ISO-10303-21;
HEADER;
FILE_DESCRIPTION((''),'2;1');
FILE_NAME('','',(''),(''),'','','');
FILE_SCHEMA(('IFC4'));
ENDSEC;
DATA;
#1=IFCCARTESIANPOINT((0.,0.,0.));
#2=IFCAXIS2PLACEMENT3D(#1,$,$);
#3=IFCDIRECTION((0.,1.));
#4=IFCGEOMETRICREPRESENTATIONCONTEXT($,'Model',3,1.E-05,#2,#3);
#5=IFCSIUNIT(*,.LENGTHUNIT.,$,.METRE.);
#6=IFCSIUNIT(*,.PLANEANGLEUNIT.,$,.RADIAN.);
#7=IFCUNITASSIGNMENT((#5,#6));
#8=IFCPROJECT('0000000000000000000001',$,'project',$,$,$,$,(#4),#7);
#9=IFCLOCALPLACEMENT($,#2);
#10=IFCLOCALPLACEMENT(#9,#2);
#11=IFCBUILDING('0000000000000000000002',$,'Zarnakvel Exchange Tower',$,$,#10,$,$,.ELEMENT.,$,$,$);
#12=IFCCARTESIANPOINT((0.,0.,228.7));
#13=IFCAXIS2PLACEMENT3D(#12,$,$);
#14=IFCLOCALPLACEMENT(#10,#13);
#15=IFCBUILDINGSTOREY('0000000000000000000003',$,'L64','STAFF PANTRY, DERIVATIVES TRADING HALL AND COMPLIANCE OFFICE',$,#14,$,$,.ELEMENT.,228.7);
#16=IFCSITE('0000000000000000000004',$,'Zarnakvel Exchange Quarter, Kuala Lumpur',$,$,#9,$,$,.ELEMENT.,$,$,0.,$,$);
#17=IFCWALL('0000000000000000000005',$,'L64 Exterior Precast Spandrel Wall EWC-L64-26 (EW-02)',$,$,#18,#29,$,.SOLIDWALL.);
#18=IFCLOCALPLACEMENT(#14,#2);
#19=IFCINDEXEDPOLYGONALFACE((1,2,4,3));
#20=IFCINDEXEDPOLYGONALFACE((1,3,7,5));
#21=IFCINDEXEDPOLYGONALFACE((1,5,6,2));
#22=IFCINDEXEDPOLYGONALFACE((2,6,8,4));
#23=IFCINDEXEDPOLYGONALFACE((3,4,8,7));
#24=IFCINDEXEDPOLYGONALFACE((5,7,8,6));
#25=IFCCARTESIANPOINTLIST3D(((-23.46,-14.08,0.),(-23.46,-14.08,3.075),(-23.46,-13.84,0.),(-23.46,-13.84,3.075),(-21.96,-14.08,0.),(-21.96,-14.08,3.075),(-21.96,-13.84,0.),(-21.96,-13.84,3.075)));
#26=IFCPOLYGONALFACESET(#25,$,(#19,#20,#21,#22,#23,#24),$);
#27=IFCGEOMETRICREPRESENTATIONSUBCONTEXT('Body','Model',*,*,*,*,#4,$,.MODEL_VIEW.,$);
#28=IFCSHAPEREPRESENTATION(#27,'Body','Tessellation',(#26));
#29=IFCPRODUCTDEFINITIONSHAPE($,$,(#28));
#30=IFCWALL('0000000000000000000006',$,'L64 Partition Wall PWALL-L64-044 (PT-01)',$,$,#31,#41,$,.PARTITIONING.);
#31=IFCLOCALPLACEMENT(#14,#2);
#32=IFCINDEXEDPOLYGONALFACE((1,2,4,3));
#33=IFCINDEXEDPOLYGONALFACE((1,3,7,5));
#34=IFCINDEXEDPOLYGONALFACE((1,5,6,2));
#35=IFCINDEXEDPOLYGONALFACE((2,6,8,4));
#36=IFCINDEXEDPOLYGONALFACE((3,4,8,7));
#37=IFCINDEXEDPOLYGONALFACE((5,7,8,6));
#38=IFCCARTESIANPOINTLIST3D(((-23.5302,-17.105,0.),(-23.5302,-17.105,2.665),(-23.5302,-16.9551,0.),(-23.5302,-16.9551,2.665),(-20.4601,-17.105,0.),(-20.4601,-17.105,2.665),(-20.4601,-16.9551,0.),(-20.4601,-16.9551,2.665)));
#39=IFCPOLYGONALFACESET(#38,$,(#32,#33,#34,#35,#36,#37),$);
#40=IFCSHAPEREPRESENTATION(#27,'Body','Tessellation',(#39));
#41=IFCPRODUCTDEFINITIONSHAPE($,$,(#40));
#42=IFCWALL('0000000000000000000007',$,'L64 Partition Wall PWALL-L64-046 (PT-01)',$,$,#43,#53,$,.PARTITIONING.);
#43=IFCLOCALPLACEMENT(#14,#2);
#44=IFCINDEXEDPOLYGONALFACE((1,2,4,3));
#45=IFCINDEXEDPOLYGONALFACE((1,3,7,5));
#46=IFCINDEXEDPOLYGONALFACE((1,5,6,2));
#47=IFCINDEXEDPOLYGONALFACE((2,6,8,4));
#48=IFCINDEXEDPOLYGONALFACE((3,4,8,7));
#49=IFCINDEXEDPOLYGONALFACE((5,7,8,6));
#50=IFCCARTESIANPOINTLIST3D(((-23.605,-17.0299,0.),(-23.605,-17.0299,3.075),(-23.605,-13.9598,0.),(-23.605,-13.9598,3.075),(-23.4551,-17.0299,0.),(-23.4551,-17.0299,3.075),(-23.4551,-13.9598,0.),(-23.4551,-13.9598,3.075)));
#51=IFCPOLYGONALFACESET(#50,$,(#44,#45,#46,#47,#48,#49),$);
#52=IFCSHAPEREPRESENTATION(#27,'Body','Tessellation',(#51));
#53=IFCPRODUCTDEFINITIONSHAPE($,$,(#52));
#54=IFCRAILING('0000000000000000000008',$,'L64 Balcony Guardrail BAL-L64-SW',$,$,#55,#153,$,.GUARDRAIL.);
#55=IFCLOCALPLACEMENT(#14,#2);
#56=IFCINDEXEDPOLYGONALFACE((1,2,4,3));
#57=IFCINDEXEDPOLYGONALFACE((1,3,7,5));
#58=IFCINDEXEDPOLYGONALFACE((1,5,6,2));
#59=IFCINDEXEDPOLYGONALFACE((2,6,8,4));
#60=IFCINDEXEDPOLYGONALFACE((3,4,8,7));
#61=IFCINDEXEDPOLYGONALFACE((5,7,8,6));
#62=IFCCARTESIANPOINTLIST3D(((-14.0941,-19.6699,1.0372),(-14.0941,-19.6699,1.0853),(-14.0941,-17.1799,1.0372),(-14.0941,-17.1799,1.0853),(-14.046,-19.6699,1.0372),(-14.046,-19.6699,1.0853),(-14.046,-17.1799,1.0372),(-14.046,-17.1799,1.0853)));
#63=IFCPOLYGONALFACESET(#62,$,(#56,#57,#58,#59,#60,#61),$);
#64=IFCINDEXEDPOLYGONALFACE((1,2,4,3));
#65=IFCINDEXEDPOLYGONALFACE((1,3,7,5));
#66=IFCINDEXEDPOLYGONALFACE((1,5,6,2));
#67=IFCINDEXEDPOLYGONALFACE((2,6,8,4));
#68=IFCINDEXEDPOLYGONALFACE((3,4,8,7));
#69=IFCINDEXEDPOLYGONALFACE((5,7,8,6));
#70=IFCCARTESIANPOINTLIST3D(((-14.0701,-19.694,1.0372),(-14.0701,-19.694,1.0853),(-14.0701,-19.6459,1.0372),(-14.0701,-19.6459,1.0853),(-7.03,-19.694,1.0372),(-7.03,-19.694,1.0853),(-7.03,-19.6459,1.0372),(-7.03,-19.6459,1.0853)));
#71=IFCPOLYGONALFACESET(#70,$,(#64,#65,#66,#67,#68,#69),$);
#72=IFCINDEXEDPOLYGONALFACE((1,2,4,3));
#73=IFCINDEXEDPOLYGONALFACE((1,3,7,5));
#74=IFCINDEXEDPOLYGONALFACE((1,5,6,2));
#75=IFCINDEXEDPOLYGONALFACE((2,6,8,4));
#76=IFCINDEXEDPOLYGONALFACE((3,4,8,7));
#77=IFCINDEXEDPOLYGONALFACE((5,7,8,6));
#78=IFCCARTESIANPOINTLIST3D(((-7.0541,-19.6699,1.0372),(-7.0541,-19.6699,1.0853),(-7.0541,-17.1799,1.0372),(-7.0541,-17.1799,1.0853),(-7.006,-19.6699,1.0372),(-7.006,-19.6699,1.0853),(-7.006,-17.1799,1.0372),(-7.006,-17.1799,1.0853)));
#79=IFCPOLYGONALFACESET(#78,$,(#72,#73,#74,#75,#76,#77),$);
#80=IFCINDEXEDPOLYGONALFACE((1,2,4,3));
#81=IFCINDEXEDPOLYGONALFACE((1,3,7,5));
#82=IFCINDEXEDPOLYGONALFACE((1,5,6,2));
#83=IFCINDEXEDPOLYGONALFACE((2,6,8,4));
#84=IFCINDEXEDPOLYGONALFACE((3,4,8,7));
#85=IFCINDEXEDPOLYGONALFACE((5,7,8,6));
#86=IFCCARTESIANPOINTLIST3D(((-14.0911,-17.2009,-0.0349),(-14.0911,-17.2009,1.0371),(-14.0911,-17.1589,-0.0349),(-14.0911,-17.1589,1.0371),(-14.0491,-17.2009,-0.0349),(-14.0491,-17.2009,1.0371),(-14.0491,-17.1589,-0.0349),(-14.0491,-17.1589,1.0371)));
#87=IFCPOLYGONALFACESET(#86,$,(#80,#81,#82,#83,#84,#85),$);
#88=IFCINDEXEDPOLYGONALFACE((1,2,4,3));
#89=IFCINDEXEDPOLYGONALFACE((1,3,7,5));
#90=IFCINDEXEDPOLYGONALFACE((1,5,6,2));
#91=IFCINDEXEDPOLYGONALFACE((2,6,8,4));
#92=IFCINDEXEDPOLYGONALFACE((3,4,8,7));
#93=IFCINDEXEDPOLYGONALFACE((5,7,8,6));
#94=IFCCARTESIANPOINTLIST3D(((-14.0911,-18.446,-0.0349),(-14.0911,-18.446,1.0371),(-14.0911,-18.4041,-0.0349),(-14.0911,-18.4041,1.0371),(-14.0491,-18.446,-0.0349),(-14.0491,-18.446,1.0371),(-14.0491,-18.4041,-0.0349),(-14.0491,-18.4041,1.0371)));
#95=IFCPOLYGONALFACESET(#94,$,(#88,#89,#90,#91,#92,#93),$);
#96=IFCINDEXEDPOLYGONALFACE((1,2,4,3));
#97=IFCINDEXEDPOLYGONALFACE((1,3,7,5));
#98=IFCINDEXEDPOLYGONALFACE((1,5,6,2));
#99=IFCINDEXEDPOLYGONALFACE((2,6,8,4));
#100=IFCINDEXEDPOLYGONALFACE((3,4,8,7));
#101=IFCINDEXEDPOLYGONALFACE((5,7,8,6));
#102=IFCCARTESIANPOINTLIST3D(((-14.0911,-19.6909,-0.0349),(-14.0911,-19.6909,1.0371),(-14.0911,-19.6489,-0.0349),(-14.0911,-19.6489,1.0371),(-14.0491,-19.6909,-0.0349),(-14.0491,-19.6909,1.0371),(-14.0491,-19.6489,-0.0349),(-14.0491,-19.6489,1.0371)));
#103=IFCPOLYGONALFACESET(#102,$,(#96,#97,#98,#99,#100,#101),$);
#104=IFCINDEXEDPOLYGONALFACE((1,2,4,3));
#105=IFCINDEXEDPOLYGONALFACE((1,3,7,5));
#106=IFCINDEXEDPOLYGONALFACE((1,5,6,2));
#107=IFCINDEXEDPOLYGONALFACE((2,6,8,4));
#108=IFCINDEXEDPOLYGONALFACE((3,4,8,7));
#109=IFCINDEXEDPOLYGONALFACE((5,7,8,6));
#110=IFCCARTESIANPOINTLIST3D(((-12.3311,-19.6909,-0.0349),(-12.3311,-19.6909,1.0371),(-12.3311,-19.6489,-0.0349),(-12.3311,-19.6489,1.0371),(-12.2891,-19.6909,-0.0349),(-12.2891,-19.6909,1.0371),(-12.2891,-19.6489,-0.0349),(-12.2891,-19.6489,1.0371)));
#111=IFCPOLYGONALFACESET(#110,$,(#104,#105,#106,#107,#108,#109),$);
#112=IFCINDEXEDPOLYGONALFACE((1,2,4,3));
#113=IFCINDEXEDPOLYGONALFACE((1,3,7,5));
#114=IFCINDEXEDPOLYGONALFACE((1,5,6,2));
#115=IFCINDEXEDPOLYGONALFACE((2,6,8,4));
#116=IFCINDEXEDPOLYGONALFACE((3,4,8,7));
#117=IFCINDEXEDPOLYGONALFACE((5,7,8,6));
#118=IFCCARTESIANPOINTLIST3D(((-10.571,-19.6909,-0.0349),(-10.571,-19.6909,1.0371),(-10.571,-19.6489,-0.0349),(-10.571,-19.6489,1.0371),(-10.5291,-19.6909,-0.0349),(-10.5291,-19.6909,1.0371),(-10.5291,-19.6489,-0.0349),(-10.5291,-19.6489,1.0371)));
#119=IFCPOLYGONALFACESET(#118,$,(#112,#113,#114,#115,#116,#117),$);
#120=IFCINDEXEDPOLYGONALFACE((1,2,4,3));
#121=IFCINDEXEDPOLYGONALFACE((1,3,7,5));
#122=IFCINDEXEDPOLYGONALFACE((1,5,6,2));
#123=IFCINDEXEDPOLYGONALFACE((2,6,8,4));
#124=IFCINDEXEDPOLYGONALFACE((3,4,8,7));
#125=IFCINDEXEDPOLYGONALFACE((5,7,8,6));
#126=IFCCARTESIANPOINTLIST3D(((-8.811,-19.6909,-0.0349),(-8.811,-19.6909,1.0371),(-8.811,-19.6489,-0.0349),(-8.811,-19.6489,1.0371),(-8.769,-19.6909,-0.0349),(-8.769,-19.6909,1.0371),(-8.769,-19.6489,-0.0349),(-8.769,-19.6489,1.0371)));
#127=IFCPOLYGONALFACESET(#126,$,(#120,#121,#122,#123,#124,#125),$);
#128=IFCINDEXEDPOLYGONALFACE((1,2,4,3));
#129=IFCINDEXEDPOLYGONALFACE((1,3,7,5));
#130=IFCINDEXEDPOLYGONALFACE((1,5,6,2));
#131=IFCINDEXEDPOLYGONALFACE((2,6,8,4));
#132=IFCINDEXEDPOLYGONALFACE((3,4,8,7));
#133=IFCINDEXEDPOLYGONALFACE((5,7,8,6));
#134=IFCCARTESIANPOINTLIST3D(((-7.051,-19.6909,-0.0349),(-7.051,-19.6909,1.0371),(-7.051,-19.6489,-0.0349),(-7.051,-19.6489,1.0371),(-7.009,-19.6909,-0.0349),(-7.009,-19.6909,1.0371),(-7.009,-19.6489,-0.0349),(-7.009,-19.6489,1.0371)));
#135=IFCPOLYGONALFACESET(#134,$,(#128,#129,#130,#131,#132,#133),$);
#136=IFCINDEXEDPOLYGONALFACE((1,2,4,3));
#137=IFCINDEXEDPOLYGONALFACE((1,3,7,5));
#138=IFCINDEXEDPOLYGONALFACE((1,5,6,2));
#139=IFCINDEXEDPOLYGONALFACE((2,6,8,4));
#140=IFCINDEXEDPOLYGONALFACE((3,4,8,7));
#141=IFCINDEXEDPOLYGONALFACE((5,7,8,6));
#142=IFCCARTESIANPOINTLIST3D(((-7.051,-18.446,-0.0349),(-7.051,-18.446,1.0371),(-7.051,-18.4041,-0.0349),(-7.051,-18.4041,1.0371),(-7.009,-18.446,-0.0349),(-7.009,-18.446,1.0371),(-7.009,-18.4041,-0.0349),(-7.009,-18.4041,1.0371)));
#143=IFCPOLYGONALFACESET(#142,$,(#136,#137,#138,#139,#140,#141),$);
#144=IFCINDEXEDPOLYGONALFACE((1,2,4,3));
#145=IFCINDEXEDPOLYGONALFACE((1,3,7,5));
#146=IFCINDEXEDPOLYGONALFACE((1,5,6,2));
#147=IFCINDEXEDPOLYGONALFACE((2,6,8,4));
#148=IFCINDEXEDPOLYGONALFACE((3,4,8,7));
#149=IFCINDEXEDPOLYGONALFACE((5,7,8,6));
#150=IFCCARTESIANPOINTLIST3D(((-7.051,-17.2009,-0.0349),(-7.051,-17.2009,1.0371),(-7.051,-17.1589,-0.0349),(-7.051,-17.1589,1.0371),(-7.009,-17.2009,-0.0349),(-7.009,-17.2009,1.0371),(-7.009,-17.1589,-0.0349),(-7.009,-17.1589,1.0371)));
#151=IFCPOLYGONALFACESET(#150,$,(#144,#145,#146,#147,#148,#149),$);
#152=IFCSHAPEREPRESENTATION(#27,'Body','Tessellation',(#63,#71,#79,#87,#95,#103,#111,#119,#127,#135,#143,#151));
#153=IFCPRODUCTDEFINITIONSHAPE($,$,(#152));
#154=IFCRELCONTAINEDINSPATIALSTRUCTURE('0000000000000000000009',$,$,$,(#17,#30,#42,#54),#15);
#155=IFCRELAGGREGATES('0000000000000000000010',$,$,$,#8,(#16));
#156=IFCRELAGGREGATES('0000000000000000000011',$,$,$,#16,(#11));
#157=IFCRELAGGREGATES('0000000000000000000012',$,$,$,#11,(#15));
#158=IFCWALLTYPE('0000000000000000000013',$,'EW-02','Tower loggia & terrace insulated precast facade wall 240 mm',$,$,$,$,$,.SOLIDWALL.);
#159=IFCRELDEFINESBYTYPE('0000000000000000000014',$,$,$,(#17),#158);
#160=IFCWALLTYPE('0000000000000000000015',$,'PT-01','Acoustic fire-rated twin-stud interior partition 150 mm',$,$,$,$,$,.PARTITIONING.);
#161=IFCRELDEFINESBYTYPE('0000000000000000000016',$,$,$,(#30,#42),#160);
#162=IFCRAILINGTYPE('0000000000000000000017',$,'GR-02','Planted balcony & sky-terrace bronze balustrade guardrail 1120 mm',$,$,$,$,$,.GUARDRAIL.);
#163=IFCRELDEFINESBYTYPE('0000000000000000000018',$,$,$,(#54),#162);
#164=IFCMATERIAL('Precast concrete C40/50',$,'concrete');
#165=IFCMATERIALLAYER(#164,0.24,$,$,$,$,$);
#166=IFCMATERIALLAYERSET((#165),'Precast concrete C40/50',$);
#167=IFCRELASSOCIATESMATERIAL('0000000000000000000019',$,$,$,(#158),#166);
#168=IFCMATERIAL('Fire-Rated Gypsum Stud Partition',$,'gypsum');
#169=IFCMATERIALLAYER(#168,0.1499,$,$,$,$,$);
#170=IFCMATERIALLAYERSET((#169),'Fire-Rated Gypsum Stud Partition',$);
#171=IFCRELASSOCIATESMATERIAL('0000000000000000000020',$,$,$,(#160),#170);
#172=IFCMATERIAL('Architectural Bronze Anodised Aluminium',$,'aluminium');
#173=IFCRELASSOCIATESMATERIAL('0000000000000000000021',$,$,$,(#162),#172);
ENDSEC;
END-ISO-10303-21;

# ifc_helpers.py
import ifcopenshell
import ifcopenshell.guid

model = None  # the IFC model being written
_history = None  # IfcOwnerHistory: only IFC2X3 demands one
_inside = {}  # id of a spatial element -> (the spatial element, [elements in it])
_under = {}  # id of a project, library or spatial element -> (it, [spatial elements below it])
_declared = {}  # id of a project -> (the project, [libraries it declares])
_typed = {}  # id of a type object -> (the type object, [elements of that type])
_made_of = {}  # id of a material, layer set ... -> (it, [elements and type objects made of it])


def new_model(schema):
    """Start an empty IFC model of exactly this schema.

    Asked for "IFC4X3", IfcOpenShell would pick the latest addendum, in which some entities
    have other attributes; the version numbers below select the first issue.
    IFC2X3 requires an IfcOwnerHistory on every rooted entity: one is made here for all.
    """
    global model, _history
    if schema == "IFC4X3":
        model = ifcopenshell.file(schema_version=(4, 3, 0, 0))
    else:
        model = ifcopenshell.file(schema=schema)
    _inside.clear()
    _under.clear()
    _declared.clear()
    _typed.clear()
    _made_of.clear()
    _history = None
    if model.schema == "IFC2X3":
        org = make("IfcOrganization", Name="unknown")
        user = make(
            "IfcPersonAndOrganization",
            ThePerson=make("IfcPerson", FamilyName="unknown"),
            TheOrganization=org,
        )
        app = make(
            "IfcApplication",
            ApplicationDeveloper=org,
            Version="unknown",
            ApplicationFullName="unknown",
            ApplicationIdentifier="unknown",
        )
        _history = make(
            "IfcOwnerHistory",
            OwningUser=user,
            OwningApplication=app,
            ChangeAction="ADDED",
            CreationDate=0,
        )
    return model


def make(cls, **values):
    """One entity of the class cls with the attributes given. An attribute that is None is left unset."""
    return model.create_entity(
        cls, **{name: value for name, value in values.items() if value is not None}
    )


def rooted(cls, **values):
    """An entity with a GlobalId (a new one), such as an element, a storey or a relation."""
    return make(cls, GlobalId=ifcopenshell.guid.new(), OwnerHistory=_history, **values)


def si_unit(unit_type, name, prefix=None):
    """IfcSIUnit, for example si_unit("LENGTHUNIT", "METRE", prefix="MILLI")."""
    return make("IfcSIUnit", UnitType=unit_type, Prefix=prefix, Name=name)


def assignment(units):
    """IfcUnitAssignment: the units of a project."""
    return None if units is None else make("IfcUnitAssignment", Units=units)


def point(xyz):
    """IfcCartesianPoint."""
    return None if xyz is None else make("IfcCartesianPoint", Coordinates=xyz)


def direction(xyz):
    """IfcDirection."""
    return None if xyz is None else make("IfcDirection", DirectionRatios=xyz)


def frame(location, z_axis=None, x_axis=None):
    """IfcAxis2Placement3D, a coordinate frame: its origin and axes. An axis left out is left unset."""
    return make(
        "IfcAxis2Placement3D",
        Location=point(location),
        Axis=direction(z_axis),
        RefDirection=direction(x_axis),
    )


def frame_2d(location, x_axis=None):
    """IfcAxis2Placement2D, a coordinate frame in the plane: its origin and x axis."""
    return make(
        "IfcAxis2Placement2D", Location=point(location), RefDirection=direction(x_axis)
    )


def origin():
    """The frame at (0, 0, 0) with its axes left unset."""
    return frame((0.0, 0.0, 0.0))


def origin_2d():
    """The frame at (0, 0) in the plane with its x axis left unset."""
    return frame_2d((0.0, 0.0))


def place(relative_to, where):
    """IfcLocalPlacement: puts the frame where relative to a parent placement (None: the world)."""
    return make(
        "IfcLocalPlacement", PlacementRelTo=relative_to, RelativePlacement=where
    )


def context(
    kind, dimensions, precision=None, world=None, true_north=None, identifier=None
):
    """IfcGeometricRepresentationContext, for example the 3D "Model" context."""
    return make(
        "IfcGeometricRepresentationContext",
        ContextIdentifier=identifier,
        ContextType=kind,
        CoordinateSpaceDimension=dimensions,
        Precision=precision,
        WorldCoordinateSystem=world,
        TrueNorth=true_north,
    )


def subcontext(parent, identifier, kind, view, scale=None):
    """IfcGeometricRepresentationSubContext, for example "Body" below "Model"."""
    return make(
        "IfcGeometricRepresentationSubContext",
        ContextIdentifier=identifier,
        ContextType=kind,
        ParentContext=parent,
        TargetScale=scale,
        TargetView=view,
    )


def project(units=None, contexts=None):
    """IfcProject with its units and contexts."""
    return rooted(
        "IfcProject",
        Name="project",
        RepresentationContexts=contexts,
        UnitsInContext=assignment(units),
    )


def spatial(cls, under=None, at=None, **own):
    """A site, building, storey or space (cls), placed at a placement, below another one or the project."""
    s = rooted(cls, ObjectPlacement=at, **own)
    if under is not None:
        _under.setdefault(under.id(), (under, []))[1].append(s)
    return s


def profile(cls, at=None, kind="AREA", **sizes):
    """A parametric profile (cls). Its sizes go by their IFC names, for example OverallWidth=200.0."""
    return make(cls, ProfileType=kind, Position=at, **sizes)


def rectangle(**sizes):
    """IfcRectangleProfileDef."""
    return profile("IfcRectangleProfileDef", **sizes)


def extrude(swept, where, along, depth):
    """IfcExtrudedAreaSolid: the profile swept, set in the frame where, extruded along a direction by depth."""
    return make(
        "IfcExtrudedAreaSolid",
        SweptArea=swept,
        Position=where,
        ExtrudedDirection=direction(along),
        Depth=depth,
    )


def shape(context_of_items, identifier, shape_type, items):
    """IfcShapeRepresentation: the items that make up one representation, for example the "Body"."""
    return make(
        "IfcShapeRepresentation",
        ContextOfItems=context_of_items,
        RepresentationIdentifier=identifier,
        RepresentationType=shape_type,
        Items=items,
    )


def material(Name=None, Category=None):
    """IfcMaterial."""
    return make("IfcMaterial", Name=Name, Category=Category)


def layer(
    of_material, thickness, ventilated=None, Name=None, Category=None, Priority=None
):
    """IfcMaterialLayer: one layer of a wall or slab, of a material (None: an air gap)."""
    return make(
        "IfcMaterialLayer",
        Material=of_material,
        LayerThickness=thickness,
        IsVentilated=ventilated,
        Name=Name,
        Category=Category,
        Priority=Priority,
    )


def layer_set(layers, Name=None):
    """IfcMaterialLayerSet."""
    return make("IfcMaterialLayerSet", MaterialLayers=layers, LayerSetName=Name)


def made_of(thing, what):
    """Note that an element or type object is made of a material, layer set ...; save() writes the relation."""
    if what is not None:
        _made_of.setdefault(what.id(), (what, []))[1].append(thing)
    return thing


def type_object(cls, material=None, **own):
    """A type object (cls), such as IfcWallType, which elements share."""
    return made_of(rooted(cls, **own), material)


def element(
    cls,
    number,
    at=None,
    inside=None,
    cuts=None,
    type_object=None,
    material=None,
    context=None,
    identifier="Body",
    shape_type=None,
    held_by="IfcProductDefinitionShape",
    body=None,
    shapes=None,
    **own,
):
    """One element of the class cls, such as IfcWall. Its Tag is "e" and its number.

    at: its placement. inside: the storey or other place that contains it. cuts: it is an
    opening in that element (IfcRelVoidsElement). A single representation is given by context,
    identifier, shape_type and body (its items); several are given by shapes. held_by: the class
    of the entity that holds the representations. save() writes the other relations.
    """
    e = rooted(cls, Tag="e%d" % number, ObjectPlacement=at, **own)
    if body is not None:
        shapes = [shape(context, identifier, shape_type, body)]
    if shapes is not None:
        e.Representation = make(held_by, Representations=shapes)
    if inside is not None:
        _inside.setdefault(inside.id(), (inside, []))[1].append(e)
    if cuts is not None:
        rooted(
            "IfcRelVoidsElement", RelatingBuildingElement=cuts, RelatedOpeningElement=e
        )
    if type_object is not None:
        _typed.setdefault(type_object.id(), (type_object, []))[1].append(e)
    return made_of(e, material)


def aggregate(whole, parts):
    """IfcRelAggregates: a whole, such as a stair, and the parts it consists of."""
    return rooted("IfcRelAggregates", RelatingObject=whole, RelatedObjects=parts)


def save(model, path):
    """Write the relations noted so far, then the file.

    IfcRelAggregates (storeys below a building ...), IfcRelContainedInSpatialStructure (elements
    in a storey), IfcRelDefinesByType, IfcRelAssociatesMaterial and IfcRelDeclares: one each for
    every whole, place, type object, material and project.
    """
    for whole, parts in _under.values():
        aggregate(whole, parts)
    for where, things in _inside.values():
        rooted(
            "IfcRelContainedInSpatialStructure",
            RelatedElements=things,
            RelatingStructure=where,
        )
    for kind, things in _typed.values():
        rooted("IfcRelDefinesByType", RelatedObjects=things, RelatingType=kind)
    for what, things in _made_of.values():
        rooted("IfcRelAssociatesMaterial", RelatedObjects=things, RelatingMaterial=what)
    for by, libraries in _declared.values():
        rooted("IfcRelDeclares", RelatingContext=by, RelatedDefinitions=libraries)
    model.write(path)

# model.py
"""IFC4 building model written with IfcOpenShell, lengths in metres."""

from ifc_helpers import new_model, si_unit, direction, frame, frame_2d, origin, origin_2d, place, context, subcontext, project, spatial, rectangle, extrude, material, layer, layer_set, type_object, element, save


model = new_model("IFC4")

# Units and contexts
model_context = context("Model", 3, precision=1e-05, world=origin(), true_north=direction((0.0, 1.0)))
body_context = subcontext(model_context, "Body", "Model", "MODEL_VIEW")
ifc_project = project(units=[si_unit("LENGTHUNIT", "METRE"), si_unit("PLANEANGLEUNIT", "RADIAN")], contexts=[model_context])

# Site, building, storey
site_placement = place(None, origin())
site = spatial("IfcSite", under=ifc_project, at=site_placement, Name="Zarnakvel Exchange Quarter, Kuala Lumpur", CompositionType="ELEMENT", RefElevation=0.0)
building_placement = place(site_placement, origin())
building = spatial("IfcBuilding", under=site, at=building_placement, Name="Zarnakvel Exchange Tower", CompositionType="ELEMENT")
storey_placement = place(building_placement, frame((0.0, 0.0, 228.7)))
storey = spatial("IfcBuildingStorey", under=building, at=storey_placement, Name="L64", Description="STAFF PANTRY, DERIVATIVES TRADING HALL AND COMPLIANCE OFFICE", CompositionType="ELEMENT", Elevation=228.7)

# Walls
ifc_material_1 = material(Name="Precast concrete C40/50", Category="concrete")
ifc_layer_1 = layer(ifc_material_1, 0.24)
ifc_layer_set_1 = layer_set([ifc_layer_1], Name="Precast concrete C40/50")
wall_type_1 = type_object("IfcWallType", Name="EW-02", Description="Tower loggia & terrace insulated precast facade wall 240 mm", PredefinedType="SOLIDWALL", material=ifc_layer_set_1)
for number, where, z_axis, x_axis, name in (
    (1, (-23.46, -13.96, 0.0), (0.0, 0.0, 1.0), (1.0, 0.0, 0.0), "L64 Exterior Precast Spandrel Wall EWC-L64-26 (EW-02)"),
):
    element("IfcWall", number, at=place(storey_placement, frame(where, z_axis=z_axis, x_axis=x_axis)), inside=storey, type_object=wall_type_1, Name=name, PredefinedType="SOLIDWALL", context=body_context, shape_type="SweptSolid", body=[
        extrude(rectangle(XDim=1.5, YDim=0.24, at=frame_2d((0.75, 0.0))), origin(), (0.0, 0.0, 1.0), 3.075),
    ])
ifc_material_2 = material(Name="Fire-Rated Gypsum Stud Partition", Category="gypsum")
ifc_layer_2 = layer(ifc_material_2, 0.1499)
ifc_layer_set_2 = layer_set([ifc_layer_2], Name="Fire-Rated Gypsum Stud Partition")
wall_type_2 = type_object("IfcWallType", Name="PT-01", Description="Acoustic fire-rated twin-stud interior partition 150 mm", PredefinedType="PARTITIONING", material=ifc_layer_set_2)
wall_1_placement = place(storey_placement, frame((-20.46, -17.03, 0.0), z_axis=(0.0, 0.0, 1.0), x_axis=(-1.0, 0.0, 0.0)))
element("IfcWall", 2, at=wall_1_placement, inside=storey, type_object=wall_type_2, Name="L64 Partition Wall PWALL-L64-044 (PT-01)", PredefinedType="PARTITIONING", context=body_context, shape_type="SweptSolid", body=[
    extrude(rectangle(XDim=3.0701, YDim=0.1499, at=frame_2d((1.5352, 0.0))), origin(), (0.0, 0.0, 1.0), 2.665),
])
wall_2_placement = place(storey_placement, frame((-23.53, -17.03, 0.0), z_axis=(0.0, 0.0, 1.0), x_axis=(0.0, 1.0, 0.0)))
element("IfcWall", 3, at=wall_2_placement, inside=storey, type_object=wall_type_2, Name="L64 Partition Wall PWALL-L64-046 (PT-01)", PredefinedType="PARTITIONING", context=body_context, shape_type="SweptSolid", body=[
    extrude(rectangle(XDim=3.0701, YDim=0.1499, at=frame_2d((1.5352, 0.0))), origin(), (0.0, 0.0, 1.0), 3.075),
])

# Railing
ifc_material_3 = material(Name="Architectural Bronze Anodised Aluminium", Category="aluminium")
railing_type = type_object("IfcRailingType", Name="GR-02", Description="Planted balcony & sky-terrace bronze balustrade guardrail 1120 mm", PredefinedType="GUARDRAIL", material=ifc_material_3)
railing_1_placement = place(storey_placement, frame((-14.0701, -17.1799, -0.0349)))
element("IfcRailing", 4, at=railing_1_placement, inside=storey, type_object=railing_type, Name="L64 Balcony Guardrail BAL-L64-SW", PredefinedType="GUARDRAIL", context=body_context, shape_type="SweptSolid", body=[
    extrude(rectangle(XDim=0.0481, YDim=0.0481, at=origin_2d()), frame((0.0, 0.0, 1.0962), z_axis=(0.0, -1.0, 0.0), x_axis=(1.0, 0.0, 0.0)), (0.0, 0.0, 1.0), 2.49),
    extrude(rectangle(XDim=0.0481, YDim=0.0481, at=origin_2d()), frame((0.0, -2.49, 1.0962), z_axis=(1.0, 0.0, 0.0), x_axis=(0.0, 1.0, 0.0)), (0.0, 0.0, 1.0), 7.04),
    extrude(rectangle(XDim=0.0481, YDim=0.0481, at=origin_2d()), frame((7.04, -2.49, 1.0962), z_axis=(0.0, 1.0, 0.0), x_axis=(-1.0, 0.0, 0.0)), (0.0, 0.0, 1.0), 2.49),
    extrude(rectangle(XDim=0.042, YDim=0.042, at=origin_2d()), origin(), (0.0, 0.0, 1.0), 1.072),
    extrude(rectangle(XDim=0.042, YDim=0.042, at=origin_2d()), frame((0.0, -1.2451, 0.0)), (0.0, 0.0, 1.0), 1.072),
    extrude(rectangle(XDim=0.042, YDim=0.042, at=origin_2d()), frame((0.0, -2.49, 0.0)), (0.0, 0.0, 1.0), 1.072),
    extrude(rectangle(XDim=0.042, YDim=0.042, at=origin_2d()), frame((1.76, -2.49, 0.0)), (0.0, 0.0, 1.0), 1.072),
    extrude(rectangle(XDim=0.042, YDim=0.042, at=origin_2d()), frame((3.52, -2.49, 0.0)), (0.0, 0.0, 1.0), 1.072),
    extrude(rectangle(XDim=0.042, YDim=0.042, at=origin_2d()), frame((5.28, -2.49, 0.0)), (0.0, 0.0, 1.0), 1.072),
    extrude(rectangle(XDim=0.042, YDim=0.042, at=origin_2d()), frame((7.04, -2.49, 0.0)), (0.0, 0.0, 1.0), 1.072),
    extrude(rectangle(XDim=0.042, YDim=0.042, at=origin_2d()), frame((7.04, -1.2451, 0.0)), (0.0, 0.0, 1.0), 1.072),
    extrude(rectangle(XDim=0.042, YDim=0.042, at=origin_2d()), frame((7.04, 0.0, 0.0)), (0.0, 0.0, 1.0), 1.072),
])

save(model, "model.ifc")
